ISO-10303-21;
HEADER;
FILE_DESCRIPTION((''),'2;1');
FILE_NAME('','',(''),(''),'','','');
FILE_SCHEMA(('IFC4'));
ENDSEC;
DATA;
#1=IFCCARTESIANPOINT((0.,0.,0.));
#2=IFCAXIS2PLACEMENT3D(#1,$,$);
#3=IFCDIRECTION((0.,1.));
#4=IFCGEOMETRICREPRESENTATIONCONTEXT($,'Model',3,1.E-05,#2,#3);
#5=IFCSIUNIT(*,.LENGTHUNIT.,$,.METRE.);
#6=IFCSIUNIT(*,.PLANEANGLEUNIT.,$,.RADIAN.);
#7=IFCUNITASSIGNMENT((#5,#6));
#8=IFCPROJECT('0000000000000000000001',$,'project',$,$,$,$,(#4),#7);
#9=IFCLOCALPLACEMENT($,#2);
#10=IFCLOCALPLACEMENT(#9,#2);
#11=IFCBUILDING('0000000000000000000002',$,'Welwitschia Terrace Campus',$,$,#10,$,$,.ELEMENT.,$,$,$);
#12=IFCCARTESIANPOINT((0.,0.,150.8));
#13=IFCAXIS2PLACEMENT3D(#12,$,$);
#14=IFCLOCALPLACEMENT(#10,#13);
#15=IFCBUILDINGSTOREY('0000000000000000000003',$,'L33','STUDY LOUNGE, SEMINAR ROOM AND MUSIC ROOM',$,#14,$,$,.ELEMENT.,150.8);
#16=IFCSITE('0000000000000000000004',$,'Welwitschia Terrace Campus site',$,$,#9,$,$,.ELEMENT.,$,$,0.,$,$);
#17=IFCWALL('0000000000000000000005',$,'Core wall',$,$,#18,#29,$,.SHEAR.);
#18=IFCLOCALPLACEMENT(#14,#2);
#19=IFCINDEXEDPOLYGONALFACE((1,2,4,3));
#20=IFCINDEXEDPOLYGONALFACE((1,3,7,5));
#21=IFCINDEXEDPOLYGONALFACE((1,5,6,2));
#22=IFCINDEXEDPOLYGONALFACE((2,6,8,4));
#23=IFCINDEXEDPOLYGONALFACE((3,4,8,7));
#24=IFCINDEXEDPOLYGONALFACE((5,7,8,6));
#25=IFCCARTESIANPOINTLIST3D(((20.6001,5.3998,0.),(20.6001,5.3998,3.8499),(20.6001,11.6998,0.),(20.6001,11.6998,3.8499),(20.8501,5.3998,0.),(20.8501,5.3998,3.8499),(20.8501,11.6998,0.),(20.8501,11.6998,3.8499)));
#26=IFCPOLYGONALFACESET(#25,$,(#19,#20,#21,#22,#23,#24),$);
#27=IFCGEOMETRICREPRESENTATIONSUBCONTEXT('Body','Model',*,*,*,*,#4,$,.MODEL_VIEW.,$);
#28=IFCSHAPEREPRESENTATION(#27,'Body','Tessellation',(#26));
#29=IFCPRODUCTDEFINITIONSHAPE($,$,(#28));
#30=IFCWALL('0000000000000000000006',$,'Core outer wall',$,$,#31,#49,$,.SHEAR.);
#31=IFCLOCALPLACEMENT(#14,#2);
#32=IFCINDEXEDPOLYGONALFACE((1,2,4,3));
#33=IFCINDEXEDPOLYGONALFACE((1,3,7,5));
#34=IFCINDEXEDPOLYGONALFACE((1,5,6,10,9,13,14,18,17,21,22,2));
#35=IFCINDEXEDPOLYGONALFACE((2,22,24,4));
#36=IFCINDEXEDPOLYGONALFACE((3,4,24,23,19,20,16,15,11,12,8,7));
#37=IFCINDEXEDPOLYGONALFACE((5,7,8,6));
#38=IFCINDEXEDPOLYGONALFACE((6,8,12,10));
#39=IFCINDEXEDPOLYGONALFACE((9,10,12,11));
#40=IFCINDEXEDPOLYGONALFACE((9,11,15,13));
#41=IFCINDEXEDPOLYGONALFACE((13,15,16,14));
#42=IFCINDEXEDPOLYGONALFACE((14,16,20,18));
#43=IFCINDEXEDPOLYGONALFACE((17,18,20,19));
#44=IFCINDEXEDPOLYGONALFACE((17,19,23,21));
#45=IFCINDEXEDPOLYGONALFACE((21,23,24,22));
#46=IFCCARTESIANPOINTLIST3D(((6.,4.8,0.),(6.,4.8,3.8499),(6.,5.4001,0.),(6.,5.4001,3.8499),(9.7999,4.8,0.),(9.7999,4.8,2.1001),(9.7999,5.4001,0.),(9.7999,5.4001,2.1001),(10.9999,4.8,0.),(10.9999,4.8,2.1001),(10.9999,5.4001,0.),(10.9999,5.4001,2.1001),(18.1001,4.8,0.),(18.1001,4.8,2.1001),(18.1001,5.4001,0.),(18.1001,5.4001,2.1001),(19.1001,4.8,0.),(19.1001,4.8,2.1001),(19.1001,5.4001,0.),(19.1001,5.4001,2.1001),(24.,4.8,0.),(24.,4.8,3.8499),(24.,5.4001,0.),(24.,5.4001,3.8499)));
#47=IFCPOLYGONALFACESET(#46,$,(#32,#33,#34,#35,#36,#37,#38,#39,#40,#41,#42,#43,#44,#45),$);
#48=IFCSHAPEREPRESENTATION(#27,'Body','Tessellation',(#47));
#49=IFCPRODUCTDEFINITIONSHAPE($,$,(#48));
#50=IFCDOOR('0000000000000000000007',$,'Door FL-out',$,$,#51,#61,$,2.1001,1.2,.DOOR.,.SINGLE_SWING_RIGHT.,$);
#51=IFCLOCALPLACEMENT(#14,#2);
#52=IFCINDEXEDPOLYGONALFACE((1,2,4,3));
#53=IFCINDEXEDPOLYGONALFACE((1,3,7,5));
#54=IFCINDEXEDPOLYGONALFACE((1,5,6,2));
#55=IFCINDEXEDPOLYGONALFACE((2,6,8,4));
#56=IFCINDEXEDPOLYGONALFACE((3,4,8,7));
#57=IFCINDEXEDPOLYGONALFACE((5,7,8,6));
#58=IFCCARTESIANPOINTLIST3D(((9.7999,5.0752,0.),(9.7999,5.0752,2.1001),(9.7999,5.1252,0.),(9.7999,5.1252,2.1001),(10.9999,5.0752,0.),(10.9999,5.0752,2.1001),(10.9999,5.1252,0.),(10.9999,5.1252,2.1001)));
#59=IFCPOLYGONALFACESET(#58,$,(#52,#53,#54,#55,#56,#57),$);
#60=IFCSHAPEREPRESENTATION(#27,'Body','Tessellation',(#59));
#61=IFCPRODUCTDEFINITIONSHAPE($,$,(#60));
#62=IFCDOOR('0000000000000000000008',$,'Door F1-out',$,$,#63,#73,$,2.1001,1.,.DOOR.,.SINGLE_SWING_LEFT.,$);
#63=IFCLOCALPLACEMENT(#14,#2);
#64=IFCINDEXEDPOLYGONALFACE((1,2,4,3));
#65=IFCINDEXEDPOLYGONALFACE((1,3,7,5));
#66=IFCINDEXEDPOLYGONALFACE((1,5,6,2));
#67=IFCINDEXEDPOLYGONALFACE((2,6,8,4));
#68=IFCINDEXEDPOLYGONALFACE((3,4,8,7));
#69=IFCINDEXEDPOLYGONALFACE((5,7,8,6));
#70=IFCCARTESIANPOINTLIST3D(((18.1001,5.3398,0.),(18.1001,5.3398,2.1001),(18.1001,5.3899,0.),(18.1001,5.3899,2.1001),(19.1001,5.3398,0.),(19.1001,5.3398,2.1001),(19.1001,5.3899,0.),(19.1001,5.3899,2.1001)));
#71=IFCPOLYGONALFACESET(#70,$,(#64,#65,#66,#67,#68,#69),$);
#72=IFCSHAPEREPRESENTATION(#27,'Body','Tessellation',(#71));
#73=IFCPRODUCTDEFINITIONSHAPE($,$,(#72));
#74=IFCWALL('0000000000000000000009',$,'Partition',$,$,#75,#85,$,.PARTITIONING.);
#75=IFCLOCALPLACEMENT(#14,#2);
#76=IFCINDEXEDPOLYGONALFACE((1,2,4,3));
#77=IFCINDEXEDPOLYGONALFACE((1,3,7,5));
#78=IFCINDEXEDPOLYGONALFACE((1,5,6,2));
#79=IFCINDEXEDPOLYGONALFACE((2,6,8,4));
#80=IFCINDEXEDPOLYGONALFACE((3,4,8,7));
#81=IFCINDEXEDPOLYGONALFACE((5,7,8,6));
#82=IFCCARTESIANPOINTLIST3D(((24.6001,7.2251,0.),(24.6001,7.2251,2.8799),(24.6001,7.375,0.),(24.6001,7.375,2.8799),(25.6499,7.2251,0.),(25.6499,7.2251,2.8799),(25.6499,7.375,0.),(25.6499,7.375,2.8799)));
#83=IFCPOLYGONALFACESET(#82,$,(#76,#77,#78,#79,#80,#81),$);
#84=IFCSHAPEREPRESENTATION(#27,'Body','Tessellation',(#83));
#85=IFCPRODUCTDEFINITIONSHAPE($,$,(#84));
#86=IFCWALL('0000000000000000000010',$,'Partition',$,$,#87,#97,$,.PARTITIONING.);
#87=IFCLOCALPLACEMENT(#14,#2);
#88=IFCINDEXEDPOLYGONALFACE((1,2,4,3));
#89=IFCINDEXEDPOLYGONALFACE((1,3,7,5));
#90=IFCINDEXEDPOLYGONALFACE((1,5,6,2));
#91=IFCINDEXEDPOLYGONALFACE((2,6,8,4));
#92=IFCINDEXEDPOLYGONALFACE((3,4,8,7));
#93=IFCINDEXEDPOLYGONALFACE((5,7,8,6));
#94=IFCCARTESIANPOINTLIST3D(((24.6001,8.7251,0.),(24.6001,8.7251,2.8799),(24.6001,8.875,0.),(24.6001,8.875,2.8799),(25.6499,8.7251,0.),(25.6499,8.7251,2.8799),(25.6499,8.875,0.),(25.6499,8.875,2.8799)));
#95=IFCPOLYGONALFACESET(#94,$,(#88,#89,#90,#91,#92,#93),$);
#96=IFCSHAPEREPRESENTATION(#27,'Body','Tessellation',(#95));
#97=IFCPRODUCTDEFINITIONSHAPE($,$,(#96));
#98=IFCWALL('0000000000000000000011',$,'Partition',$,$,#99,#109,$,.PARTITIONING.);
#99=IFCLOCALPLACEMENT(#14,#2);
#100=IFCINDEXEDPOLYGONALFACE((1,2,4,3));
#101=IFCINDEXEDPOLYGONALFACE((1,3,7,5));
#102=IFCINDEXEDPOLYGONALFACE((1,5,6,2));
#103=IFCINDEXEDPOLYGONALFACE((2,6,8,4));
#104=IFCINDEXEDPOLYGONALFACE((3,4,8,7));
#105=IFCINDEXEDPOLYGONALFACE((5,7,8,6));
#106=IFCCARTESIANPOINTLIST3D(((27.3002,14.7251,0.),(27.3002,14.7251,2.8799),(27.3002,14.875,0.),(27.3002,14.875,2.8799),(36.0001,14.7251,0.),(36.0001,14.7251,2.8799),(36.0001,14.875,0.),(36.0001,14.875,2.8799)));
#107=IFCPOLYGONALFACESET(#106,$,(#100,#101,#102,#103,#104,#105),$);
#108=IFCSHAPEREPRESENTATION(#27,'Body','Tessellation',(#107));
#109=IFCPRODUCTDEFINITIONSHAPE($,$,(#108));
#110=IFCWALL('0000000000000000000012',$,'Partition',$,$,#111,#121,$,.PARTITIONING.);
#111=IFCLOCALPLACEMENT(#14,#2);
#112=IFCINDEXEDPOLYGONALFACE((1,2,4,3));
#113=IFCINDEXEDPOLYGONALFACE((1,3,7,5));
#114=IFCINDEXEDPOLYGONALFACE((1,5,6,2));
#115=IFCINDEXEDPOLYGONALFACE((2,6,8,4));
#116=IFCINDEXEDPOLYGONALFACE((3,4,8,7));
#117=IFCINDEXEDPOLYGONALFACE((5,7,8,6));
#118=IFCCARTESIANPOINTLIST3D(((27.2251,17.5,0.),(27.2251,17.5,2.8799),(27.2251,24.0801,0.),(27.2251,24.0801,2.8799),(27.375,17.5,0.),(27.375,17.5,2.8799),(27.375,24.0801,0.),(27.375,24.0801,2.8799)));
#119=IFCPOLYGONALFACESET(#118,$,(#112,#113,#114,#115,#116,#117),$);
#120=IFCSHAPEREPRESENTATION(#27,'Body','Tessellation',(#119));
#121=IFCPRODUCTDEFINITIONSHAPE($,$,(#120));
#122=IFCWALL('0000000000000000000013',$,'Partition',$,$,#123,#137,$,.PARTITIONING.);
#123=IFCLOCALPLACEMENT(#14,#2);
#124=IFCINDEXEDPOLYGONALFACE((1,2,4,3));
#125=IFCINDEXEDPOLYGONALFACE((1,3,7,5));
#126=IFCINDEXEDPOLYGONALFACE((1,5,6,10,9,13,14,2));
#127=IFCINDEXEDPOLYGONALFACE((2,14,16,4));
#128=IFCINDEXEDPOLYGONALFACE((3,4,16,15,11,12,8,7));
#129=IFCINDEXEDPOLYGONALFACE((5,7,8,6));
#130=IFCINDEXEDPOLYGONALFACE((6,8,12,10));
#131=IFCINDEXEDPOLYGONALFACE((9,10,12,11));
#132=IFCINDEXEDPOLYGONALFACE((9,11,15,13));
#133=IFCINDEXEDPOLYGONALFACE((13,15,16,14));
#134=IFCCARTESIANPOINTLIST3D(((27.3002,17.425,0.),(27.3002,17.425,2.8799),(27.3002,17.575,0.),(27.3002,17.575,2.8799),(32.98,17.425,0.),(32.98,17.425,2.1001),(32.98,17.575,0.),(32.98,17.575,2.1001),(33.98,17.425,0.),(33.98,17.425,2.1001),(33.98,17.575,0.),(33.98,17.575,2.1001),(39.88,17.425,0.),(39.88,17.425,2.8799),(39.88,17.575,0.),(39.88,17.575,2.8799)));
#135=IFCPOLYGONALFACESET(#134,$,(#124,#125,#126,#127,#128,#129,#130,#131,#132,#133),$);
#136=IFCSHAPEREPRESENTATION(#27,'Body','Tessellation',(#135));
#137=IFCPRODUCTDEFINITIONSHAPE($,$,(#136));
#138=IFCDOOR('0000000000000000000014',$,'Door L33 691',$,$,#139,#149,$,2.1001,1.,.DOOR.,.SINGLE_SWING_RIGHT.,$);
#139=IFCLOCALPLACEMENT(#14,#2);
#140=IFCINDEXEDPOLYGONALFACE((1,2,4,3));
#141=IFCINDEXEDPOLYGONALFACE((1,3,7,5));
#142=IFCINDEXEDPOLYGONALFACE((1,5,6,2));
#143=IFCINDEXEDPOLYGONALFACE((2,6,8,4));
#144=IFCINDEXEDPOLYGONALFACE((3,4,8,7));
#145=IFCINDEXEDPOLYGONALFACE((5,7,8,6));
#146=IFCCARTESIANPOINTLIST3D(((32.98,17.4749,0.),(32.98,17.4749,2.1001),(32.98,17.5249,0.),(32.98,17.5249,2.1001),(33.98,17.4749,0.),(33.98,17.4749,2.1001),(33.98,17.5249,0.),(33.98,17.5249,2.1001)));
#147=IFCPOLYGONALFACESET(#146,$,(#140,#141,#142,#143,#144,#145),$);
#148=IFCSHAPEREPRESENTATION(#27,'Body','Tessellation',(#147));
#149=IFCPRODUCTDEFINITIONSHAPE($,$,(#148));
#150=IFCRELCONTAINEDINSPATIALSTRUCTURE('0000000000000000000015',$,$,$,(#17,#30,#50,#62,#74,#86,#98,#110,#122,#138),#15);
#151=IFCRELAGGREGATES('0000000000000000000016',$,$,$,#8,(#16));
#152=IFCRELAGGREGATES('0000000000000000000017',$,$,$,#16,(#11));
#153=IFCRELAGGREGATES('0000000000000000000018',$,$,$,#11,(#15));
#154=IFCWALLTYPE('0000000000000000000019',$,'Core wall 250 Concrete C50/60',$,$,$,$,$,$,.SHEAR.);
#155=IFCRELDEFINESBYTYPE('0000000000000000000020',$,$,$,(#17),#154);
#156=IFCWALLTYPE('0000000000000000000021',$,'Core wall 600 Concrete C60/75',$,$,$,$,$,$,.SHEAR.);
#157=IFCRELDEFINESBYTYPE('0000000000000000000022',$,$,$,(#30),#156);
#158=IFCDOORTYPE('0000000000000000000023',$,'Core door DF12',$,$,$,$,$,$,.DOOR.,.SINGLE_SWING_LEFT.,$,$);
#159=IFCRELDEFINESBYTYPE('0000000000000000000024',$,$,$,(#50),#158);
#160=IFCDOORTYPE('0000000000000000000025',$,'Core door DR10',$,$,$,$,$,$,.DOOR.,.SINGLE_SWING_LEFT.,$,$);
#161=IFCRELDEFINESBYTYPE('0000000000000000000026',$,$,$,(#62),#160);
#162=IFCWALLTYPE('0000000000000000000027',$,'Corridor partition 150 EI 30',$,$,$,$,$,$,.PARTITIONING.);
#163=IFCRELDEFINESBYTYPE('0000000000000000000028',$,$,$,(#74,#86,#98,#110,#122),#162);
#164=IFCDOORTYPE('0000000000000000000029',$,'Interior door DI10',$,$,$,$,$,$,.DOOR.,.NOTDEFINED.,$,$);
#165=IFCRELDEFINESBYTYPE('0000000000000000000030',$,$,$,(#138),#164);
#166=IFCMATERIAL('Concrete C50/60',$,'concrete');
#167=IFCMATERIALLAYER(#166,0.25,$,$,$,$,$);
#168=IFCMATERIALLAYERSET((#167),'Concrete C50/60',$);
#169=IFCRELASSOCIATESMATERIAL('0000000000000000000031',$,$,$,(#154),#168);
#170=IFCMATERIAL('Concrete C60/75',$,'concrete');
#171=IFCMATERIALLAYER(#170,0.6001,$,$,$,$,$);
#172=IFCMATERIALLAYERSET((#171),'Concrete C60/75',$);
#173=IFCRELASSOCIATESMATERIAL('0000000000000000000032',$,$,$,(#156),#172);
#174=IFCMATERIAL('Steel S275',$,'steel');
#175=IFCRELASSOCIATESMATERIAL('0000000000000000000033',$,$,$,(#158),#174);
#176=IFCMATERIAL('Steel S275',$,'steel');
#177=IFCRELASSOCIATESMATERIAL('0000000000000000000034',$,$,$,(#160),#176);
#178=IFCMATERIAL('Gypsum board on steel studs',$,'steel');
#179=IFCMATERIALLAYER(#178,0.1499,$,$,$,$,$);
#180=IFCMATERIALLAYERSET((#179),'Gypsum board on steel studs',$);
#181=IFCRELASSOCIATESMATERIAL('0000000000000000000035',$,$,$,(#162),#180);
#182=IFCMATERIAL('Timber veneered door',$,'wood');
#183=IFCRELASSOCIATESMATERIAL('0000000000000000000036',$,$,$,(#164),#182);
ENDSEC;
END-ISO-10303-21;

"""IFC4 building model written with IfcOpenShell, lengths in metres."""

from ifc_helpers import new_model, si_unit, direction, frame, frame_2d, origin, place, context, subcontext, project, spatial, rectangle, extrude, material, layer, layer_set, type_object, element, fill, save


model = new_model("IFC4")

# Units and contexts
model_context = context("Model", 3, precision=1e-05, world=origin(), true_north=direction((0.0, 1.0)))
body_context = subcontext(model_context, "Body", "Model", "MODEL_VIEW")
ifc_project = project(units=[si_unit("LENGTHUNIT", "METRE"), si_unit("PLANEANGLEUNIT", "RADIAN")], contexts=[model_context])

# Site, building, storey
site_placement = place(None, origin())
site = spatial("IfcSite", under=ifc_project, at=site_placement, Name="Welwitschia Terrace Campus site", CompositionType="ELEMENT", RefElevation=0.0)
building_placement = place(site_placement, origin())
building = spatial("IfcBuilding", under=site, at=building_placement, Name="Welwitschia Terrace Campus", CompositionType="ELEMENT")
storey_placement = place(building_placement, frame((0.0, 0.0, 150.8)))
storey = spatial("IfcBuildingStorey", under=building, at=storey_placement, Name="L33", Description="STUDY LOUNGE, SEMINAR ROOM AND MUSIC ROOM", CompositionType="ELEMENT", Elevation=150.8)

# Wall
ifc_material_1 = material(Name="Concrete C50/60", Category="concrete")
ifc_layer_1 = layer(ifc_material_1, 0.25)
ifc_layer_set_1 = layer_set([ifc_layer_1], Name="Concrete C50/60")
wall_type_1 = type_object("IfcWallType", Name="Core wall 250 Concrete C50/60", PredefinedType="SHEAR", material=ifc_layer_set_1)
wall_1_placement = place(storey_placement, frame((20.7251, 5.3999, 0.0), z_axis=(0.0, 0.0, 1.0), x_axis=(0.0, 1.0, 0.0)))
element("IfcWall", 1, at=wall_1_placement, inside=storey, type_object=wall_type_1, Name="Core wall", PredefinedType="SHEAR", context=body_context, shape_type="SweptSolid", body=[
    extrude(rectangle(XDim=6.3, YDim=0.25, at=frame_2d((3.1499, 0.0))), origin(), (0.0, 0.0, 1.0), 3.8499),
])

# Wall, openings, doors
ifc_material_2 = material(Name="Concrete C60/75", Category="concrete")
ifc_layer_2 = layer(ifc_material_2, 0.6001)
ifc_layer_set_2 = layer_set([ifc_layer_2], Name="Concrete C60/75")
wall_type_2 = type_object("IfcWallType", Name="Core wall 600 Concrete C60/75", PredefinedType="SHEAR", material=ifc_layer_set_2)
wall_2_placement = place(storey_placement, frame((24.0, 5.1001, 0.0), z_axis=(0.0, 0.0, 1.0), x_axis=(-1.0, 0.0, 0.0)))
wall_2 = element("IfcWall", 2, at=wall_2_placement, inside=storey, type_object=wall_type_2, Name="Core outer wall", PredefinedType="SHEAR", context=body_context, shape_type="SweptSolid", body=[
    extrude(rectangle(XDim=18.0, YDim=0.6001, at=frame_2d((9.0, 0.0))), origin(), (0.0, 0.0, 1.0), 3.8499),
])
opening_1_placement = place(wall_2_placement, frame((13.0, 0.0, 0.0)))
opening_1 = element("IfcOpeningElement", 3, at=opening_1_placement, cuts=wall_2, PredefinedType="OPENING", context=body_context, shape_type="SweptSolid", body=[
    extrude(rectangle(XDim=1.2, YDim=2.1001, at=frame_2d((0.6001, 1.05))), frame((0.0, 0.3101, 0.0), z_axis=(0.0, -1.0, 0.0), x_axis=(1.0, 0.0, 0.0)), (0.0, 0.0, 1.0), 0.6201),
])
opening_2_placement = place(wall_2_placement, frame((4.8999, 0.0, 0.0)))
opening_2 = element("IfcOpeningElement", 4, at=opening_2_placement, cuts=wall_2, PredefinedType="OPENING", context=body_context, shape_type="SweptSolid", body=[
    extrude(rectangle(XDim=1.0, YDim=2.1001, at=frame_2d((0.5, 1.05))), frame((0.0, 0.3101, 0.0), z_axis=(0.0, -1.0, 0.0), x_axis=(1.0, 0.0, 0.0)), (0.0, 0.0, 1.0), 0.6201),
])
ifc_material_3 = material(Name="Steel S275", Category="steel")
door_type_1 = type_object("IfcDoorType", Name="Core door DF12", OperationType="SINGLE_SWING_LEFT", PredefinedType="DOOR", material=ifc_material_3)
door_1_placement = place(opening_1_placement, origin())
door_1 = element("IfcDoor", 5, at=door_1_placement, inside=storey, type_object=door_type_1, Name="Door FL-out", OperationType="SINGLE_SWING_RIGHT", OverallHeight=2.1001, OverallWidth=1.2, PredefinedType="DOOR", context=body_context, shape_type="SweptSolid", body=[
    extrude(rectangle(XDim=1.2, YDim=2.1001, at=frame_2d((0.6001, 1.05))), frame((0.0, 0.0249, 0.0), z_axis=(0.0, -1.0, 0.0), x_axis=(1.0, 0.0, 0.0)), (0.0, 0.0, 1.0), 0.05),
])
fill(opening_1, door_1)
ifc_material_4 = material(Name="Steel S275", Category="steel")
door_type_2 = type_object("IfcDoorType", Name="Core door DR10", OperationType="SINGLE_SWING_LEFT", PredefinedType="DOOR", material=ifc_material_4)
door_2_placement = place(opening_2_placement, origin())
door_2 = element("IfcDoor", 6, at=door_2_placement, inside=storey, type_object=door_type_2, Name="Door F1-out", OperationType="SINGLE_SWING_LEFT", OverallHeight=2.1001, OverallWidth=1.0, PredefinedType="DOOR", context=body_context, shape_type="SweptSolid", body=[
    extrude(rectangle(XDim=1.0, YDim=2.1001, at=frame_2d((0.5, 1.05))), frame((0.0, -0.2397, 0.0), z_axis=(0.0, -1.0, 0.0), x_axis=(1.0, 0.0, 0.0)), (0.0, 0.0, 1.0), 0.05),
])
fill(opening_2, door_2)

# Walls
ifc_material_5 = material(Name="Gypsum board on steel studs", Category="steel")
ifc_layer_3 = layer(ifc_material_5, 0.1499)
ifc_layer_set_3 = layer_set([ifc_layer_3], Name="Gypsum board on steel studs")
wall_type_3 = type_object("IfcWallType", Name="Corridor partition 150 EI 30", PredefinedType="PARTITIONING", material=ifc_layer_set_3)
for number, where, z_axis, x_axis, name in (
    (7, (24.6001, 7.3, 0.0), (0.0, 0.0, 1.0), (1.0, 0.0, 0.0), "Partition"),
    (8, (24.6001, 8.8, 0.0), (0.0, 0.0, 1.0), (1.0, 0.0, 0.0), "Partition"),
):
    element("IfcWall", number, at=place(storey_placement, frame(where, z_axis=z_axis, x_axis=x_axis)), inside=storey, type_object=wall_type_3, Name=name, PredefinedType="PARTITIONING", context=body_context, shape_type="SweptSolid", body=[
        extrude(rectangle(XDim=1.0498, YDim=0.1499, at=frame_2d((0.5249, 0.0))), origin(), (0.0, 0.0, 1.0), 2.8799),
    ])
wall_3_placement = place(storey_placement, frame((27.3, 14.8, 0.0), z_axis=(0.0, 0.0, 1.0), x_axis=(1.0, 0.0, 0.0)))
element("IfcWall", 9, at=wall_3_placement, inside=storey, type_object=wall_type_3, Name="Partition", PredefinedType="PARTITIONING", context=body_context, shape_type="SweptSolid", body=[
    extrude(rectangle(XDim=8.7, YDim=0.1499, at=frame_2d((4.3501, 0.0))), origin(), (0.0, 0.0, 1.0), 2.8799),
])
wall_4_placement = place(storey_placement, frame((27.3, 17.5, 0.0), z_axis=(0.0, 0.0, 1.0), x_axis=(0.0, 1.0, 0.0)))
element("IfcWall", 10, at=wall_4_placement, inside=storey, type_object=wall_type_3, Name="Partition", PredefinedType="PARTITIONING", context=body_context, shape_type="SweptSolid", body=[
    extrude(rectangle(XDim=6.5801, YDim=0.1499, at=frame_2d((3.29, 0.0))), origin(), (0.0, 0.0, 1.0), 2.8799),
])

# Wall, opening, door
wall_5_placement = place(storey_placement, frame((27.3, 17.5, 0.0), z_axis=(0.0, 0.0, 1.0), x_axis=(1.0, 0.0, 0.0)))
wall_5 = element("IfcWall", 11, at=wall_5_placement, inside=storey, type_object=wall_type_3, Name="Partition", PredefinedType="PARTITIONING", context=body_context, shape_type="SweptSolid", body=[
    extrude(rectangle(XDim=12.5798, YDim=0.1499, at=frame_2d((6.29, 0.0))), origin(), (0.0, 0.0, 1.0), 2.8799),
])
opening_3_placement = place(wall_5_placement, frame((5.6799, 0.0, 0.0)))
opening_3 = element("IfcOpeningElement", 12, at=opening_3_placement, cuts=wall_5, PredefinedType="OPENING", context=body_context, shape_type="SweptSolid", body=[
    extrude(rectangle(XDim=1.0, YDim=2.1001, at=frame_2d((0.5, 1.05))), frame((0.0, 0.085, 0.0), z_axis=(0.0, -1.0, 0.0), x_axis=(1.0, 0.0, 0.0)), (0.0, 0.0, 1.0), 0.1699),
])
ifc_material_6 = material(Name="Timber veneered door", Category="wood")
door_type_3 = type_object("IfcDoorType", Name="Interior door DI10", OperationType="NOTDEFINED", PredefinedType="DOOR", material=ifc_material_6)
door_3_placement = place(opening_3_placement, origin())
door_3 = element("IfcDoor", 13, at=door_3_placement, inside=storey, type_object=door_type_3, Name="Door L33 691", OperationType="SINGLE_SWING_RIGHT", OverallHeight=2.1001, OverallWidth=1.0, PredefinedType="DOOR", context=body_context, shape_type="SweptSolid", body=[
    extrude(rectangle(XDim=1.0, YDim=2.1001, at=frame_2d((0.5, 1.05))), frame((0.0, 0.0249, 0.0), z_axis=(0.0, -1.0, 0.0), x_axis=(1.0, 0.0, 0.0)), (0.0, 0.0, 1.0), 0.05),
])
fill(opening_3, door_3)

save(model, "model.ifc")
